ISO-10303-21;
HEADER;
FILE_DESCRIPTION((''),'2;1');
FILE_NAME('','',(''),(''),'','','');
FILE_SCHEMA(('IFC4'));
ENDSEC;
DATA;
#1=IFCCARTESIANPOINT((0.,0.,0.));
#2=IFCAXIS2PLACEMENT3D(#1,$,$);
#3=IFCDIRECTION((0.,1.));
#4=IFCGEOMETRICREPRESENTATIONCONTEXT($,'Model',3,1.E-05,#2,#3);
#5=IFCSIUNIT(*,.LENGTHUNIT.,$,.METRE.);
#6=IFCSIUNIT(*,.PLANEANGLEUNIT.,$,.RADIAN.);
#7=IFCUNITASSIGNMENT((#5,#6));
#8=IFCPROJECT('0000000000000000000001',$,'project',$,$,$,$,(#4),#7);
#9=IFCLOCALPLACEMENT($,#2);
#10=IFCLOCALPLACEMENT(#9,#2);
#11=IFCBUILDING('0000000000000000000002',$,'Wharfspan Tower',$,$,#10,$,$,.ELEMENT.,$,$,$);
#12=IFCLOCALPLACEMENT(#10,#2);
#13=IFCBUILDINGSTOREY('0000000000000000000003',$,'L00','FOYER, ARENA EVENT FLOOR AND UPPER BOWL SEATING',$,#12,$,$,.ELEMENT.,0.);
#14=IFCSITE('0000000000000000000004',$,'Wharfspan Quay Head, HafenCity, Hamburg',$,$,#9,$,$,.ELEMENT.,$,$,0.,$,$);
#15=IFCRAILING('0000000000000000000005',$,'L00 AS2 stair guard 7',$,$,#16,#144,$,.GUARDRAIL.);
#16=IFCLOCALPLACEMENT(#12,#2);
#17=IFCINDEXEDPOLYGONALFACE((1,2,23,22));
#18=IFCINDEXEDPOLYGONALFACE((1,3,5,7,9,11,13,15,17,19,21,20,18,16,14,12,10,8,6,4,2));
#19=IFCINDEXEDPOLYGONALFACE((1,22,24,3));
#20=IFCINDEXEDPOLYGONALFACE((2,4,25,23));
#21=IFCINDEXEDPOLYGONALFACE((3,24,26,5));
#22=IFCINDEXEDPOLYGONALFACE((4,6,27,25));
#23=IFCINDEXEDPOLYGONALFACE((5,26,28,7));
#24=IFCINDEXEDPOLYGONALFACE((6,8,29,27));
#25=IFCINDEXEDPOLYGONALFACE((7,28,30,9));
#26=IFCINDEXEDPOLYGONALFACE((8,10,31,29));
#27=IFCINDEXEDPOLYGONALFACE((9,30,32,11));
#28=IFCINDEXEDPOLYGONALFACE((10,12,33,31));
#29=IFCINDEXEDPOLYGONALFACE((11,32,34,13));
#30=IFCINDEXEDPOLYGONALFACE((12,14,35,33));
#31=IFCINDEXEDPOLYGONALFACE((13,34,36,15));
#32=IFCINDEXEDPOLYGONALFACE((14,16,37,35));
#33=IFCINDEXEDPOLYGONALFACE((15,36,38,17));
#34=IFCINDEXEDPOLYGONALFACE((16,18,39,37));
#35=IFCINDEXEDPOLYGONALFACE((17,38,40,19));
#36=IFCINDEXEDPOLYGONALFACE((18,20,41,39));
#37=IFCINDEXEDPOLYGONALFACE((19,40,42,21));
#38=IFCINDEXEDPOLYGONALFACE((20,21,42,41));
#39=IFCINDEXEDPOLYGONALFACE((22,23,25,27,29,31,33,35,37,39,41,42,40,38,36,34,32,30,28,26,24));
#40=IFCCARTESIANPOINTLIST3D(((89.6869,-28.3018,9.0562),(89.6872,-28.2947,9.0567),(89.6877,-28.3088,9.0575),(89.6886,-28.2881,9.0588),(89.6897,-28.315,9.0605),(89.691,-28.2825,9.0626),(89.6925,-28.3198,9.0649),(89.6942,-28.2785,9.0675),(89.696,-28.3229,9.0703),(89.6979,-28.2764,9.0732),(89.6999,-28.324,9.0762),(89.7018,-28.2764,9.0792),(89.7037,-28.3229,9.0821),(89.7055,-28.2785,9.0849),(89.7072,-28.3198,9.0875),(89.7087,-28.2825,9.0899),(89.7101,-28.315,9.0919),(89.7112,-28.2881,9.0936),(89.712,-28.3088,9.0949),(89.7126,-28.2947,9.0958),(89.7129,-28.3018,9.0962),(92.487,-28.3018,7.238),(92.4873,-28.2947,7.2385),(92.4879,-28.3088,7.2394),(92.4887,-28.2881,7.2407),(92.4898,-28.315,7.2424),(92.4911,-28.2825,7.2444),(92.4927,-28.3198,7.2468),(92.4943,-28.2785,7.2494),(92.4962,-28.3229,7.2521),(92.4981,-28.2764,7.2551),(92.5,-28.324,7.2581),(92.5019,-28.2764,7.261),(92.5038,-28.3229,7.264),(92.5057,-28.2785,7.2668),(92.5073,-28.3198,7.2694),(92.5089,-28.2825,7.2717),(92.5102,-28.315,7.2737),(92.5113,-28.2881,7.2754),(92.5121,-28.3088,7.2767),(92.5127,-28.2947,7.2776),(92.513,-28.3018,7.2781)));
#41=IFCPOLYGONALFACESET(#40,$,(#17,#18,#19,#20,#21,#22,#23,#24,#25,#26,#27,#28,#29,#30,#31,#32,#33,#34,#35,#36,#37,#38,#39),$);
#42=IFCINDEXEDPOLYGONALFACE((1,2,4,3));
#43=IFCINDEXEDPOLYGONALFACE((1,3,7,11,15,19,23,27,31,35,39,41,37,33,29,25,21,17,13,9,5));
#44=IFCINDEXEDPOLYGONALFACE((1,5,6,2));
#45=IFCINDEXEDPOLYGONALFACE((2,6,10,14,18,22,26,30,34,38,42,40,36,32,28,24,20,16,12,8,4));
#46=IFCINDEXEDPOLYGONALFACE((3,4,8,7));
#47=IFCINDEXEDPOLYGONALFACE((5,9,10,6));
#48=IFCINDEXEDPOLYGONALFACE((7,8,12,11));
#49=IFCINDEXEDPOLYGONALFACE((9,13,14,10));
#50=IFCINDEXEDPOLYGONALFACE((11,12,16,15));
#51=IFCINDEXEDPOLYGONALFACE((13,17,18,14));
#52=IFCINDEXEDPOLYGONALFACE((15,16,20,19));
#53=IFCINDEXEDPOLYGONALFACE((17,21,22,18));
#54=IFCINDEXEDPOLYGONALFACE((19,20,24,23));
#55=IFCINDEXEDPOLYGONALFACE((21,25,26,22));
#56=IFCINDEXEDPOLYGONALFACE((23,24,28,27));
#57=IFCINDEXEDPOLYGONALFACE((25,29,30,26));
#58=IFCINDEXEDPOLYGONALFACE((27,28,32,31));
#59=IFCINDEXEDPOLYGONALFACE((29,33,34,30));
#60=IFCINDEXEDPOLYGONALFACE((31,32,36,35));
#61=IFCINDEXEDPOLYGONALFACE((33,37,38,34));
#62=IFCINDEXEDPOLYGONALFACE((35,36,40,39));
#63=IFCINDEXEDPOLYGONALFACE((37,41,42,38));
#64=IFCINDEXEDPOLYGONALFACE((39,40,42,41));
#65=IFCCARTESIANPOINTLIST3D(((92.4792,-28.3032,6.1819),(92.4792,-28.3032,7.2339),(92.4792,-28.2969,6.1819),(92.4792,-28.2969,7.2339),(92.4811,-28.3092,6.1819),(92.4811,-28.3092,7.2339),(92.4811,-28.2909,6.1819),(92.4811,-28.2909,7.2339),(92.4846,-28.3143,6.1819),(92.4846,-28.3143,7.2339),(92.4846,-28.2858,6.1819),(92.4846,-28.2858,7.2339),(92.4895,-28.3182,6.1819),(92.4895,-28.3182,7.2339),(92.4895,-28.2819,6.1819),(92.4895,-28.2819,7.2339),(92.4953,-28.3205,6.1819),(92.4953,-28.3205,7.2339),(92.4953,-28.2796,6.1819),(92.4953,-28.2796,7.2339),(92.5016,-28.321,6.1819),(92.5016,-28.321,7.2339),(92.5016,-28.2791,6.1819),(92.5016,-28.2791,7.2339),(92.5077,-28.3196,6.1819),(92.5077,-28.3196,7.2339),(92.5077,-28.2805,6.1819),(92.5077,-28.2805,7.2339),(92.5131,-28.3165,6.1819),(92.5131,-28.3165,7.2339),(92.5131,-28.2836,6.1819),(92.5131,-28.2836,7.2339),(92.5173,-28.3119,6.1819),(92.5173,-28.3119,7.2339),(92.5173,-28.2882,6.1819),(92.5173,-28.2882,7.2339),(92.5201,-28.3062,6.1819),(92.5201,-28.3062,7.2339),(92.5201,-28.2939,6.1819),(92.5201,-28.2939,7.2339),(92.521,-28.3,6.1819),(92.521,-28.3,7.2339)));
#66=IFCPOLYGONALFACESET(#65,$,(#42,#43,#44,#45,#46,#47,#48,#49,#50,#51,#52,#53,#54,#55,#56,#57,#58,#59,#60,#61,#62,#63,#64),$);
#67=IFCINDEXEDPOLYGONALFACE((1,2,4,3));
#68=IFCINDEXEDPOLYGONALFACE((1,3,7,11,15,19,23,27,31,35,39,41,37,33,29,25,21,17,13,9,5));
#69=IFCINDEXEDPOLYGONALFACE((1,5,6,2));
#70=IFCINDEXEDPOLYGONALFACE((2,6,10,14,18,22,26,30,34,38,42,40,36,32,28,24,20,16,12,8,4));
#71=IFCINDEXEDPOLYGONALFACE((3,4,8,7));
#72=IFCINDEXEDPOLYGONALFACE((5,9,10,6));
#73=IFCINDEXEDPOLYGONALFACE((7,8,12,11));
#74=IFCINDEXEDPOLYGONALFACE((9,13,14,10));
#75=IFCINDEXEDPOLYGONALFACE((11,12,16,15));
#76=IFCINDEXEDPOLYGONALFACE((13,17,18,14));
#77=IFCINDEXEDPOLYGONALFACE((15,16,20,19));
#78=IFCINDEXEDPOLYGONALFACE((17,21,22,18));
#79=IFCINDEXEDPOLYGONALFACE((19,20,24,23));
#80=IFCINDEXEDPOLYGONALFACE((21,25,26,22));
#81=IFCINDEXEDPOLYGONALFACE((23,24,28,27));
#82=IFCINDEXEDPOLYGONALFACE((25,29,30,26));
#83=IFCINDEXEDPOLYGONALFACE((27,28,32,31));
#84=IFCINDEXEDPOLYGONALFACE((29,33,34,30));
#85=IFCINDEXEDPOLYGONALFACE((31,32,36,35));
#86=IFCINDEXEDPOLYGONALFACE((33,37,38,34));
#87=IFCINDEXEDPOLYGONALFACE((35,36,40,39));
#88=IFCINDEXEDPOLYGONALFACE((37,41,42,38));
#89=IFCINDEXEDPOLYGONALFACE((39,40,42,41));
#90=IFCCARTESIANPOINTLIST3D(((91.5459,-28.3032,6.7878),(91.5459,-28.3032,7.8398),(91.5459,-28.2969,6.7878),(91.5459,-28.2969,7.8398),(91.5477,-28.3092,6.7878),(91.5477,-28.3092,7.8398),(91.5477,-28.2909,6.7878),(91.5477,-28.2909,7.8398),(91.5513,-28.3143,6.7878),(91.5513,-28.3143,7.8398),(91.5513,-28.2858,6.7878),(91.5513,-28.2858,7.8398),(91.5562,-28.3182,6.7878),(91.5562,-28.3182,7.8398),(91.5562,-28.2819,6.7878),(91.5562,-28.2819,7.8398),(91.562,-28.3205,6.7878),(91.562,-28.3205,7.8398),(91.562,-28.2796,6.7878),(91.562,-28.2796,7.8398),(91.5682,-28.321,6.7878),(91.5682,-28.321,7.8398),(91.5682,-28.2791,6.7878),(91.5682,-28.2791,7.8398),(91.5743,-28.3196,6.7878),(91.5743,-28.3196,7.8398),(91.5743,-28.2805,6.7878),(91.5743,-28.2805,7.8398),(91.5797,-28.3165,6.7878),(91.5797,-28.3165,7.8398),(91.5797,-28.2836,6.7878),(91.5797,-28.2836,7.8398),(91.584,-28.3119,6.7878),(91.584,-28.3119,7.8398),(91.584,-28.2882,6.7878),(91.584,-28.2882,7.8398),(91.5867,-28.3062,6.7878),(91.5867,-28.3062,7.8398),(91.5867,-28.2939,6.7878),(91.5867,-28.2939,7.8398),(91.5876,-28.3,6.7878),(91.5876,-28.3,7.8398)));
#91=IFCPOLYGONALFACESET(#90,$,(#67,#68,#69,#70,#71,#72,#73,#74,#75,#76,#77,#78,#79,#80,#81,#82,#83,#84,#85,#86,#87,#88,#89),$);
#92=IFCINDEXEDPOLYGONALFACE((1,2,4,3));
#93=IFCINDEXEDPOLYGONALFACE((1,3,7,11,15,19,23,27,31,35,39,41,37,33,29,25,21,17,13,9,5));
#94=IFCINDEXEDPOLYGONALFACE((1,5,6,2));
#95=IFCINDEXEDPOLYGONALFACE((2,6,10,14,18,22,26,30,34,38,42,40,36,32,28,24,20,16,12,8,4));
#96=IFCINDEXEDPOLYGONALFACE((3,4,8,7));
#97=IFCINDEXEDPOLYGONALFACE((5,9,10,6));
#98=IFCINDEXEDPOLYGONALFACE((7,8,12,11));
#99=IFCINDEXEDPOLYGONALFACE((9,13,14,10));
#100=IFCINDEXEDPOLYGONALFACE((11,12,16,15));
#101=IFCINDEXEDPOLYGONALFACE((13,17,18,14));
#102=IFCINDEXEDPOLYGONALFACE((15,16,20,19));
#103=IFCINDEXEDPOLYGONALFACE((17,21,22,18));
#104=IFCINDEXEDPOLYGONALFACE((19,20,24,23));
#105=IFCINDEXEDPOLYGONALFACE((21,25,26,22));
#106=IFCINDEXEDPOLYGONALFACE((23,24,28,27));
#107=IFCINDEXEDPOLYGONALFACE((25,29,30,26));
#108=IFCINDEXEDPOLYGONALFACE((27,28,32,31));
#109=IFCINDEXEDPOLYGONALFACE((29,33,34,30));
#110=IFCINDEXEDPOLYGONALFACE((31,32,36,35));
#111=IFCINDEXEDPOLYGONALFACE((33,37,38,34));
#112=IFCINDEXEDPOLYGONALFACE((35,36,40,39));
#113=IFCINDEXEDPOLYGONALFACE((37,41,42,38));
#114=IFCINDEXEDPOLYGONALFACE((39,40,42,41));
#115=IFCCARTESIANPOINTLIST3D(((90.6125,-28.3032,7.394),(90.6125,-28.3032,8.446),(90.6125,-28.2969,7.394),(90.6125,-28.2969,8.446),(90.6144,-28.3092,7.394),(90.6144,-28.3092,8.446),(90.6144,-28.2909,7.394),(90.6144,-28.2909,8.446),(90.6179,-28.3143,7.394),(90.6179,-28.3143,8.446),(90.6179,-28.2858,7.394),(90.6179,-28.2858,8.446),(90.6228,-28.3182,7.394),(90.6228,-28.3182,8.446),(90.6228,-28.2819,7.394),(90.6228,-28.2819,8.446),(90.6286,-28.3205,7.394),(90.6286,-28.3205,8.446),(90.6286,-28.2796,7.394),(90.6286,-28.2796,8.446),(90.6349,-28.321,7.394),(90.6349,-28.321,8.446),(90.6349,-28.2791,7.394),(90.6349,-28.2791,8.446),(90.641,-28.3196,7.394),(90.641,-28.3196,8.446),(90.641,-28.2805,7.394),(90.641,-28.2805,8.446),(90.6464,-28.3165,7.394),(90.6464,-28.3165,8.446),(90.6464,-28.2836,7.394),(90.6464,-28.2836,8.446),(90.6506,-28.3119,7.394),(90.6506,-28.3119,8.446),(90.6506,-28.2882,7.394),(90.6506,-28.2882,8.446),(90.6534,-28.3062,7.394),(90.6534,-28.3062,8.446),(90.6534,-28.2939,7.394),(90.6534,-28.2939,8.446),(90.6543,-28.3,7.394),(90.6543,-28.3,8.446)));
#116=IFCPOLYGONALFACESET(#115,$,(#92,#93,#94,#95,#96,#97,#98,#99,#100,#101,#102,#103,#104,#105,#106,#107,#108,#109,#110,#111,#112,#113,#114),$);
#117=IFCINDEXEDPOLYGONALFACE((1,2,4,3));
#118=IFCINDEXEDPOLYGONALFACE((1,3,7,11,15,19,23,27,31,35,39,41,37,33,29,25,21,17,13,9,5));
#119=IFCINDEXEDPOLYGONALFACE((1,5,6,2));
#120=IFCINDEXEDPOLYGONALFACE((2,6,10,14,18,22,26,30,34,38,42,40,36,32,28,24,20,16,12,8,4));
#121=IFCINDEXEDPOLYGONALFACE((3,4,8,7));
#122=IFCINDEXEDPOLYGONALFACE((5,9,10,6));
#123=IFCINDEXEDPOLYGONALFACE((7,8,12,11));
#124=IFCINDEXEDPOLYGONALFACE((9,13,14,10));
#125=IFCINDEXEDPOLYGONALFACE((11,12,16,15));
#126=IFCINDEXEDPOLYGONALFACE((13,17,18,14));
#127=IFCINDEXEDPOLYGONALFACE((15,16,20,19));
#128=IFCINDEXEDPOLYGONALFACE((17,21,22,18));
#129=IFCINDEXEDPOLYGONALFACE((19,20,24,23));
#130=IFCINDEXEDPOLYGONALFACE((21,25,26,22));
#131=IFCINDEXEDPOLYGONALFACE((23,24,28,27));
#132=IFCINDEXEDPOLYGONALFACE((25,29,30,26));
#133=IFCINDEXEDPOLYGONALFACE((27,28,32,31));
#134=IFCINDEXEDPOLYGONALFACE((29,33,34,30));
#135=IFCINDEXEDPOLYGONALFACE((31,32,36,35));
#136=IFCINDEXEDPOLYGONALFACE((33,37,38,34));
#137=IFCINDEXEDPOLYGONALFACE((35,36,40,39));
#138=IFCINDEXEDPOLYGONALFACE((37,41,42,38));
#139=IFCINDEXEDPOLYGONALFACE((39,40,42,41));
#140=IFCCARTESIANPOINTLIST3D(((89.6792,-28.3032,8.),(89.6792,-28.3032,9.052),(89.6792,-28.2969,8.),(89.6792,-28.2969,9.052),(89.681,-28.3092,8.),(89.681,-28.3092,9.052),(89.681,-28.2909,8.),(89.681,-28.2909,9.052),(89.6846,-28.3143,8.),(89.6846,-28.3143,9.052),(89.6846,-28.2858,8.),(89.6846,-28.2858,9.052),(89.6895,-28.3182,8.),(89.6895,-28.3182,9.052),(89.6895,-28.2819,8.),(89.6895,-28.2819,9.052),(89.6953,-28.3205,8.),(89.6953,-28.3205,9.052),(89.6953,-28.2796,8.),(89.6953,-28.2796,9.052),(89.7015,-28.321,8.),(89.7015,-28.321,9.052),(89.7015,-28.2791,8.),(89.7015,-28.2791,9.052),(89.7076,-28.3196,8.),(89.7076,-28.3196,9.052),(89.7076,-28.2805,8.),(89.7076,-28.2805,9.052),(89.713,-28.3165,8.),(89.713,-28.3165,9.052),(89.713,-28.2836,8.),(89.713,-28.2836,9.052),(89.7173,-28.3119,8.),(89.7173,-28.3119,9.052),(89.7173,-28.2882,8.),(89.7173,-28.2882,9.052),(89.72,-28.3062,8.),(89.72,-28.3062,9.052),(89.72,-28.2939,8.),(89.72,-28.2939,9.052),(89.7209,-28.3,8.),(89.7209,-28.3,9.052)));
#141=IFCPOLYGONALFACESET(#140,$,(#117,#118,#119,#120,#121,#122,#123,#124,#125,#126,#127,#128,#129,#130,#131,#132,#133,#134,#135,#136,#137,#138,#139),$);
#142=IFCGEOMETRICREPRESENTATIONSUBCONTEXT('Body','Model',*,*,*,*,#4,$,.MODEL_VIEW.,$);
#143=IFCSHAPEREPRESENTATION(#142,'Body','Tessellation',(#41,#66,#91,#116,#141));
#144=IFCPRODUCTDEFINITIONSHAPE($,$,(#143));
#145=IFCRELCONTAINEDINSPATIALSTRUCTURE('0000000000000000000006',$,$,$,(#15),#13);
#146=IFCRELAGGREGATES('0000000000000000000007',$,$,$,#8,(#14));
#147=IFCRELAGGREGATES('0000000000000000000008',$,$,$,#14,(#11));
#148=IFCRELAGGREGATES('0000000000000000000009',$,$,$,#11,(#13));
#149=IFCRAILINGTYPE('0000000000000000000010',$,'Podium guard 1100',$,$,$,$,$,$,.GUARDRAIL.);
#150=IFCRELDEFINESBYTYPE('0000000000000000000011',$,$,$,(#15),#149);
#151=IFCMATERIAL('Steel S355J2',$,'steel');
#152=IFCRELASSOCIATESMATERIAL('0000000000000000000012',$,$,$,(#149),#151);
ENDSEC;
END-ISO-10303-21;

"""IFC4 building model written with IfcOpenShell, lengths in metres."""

from ifc_helpers import new_model, si_unit, direction, frame, origin, origin_2d, place, context, subcontext, project, spatial, circle, extrude, material, type_object, element, save


model = new_model("IFC4")

# Units and contexts
model_context = context("Model", 3, precision=1e-05, world=origin(), true_north=direction((0.0, 1.0)))
body_context = subcontext(model_context, "Body", "Model", "MODEL_VIEW")
ifc_project = project(units=[si_unit("LENGTHUNIT", "METRE"), si_unit("PLANEANGLEUNIT", "RADIAN")], contexts=[model_context])

# Site, building, storey
site_placement = place(None, origin())
site = spatial("IfcSite", under=ifc_project, at=site_placement, Name="Wharfspan Quay Head, HafenCity, Hamburg", CompositionType="ELEMENT", RefElevation=0.0)
building_placement = place(site_placement, origin())
building = spatial("IfcBuilding", under=site, at=building_placement, Name="Wharfspan Tower", CompositionType="ELEMENT")
storey_placement = place(building_placement, origin())
storey = spatial("IfcBuildingStorey", under=building, at=storey_placement, Name="L00", Description="FOYER, ARENA EVENT FLOOR AND UPPER BOWL SEATING", CompositionType="ELEMENT", Elevation=0.0)

# Shared definitions
ifc_material_1 = material(Name="Steel S355J2", Category="steel")

# Railing
railing_type_1 = type_object("IfcRailingType", Name="Podium guard 1100", PredefinedType="GUARDRAIL", material=ifc_material_1)
railing_1_placement = place(storey_placement, frame((92.5, -28.3, 6.1819)))
element("IfcRailing", 1, at=railing_1_placement, inside=storey, type_object=railing_type_1, Name="L00 AS2 stair guard 7", PredefinedType="GUARDRAIL", context=body_context, shape_type="SweptSolid", body=[
    extrude(circle(Radius=0.0239, at=origin_2d()), frame((0.0, 0.0, 1.0762), z_axis=(-0.838706, 0.0, 0.544585), x_axis=(0.0, -1.0, 0.0)), (0.0, 0.0, 1.0), 3.3386),
    extrude(circle(Radius=0.021, at=origin_2d()), origin(), (0.0, 0.0, 1.0), 1.052),
    extrude(circle(Radius=0.021, at=origin_2d()), frame((-0.9334, 0.0, 0.606)), (0.0, 0.0, 1.0), 1.052),
    extrude(circle(Radius=0.021, at=origin_2d()), frame((-1.8667, 0.0, 1.2122)), (0.0, 0.0, 1.0), 1.052),
    extrude(circle(Radius=0.021, at=origin_2d()), frame((-2.8, 0.0, 1.8181)), (0.0, 0.0, 1.0), 1.052),
])

save(model, "model.ifc")
